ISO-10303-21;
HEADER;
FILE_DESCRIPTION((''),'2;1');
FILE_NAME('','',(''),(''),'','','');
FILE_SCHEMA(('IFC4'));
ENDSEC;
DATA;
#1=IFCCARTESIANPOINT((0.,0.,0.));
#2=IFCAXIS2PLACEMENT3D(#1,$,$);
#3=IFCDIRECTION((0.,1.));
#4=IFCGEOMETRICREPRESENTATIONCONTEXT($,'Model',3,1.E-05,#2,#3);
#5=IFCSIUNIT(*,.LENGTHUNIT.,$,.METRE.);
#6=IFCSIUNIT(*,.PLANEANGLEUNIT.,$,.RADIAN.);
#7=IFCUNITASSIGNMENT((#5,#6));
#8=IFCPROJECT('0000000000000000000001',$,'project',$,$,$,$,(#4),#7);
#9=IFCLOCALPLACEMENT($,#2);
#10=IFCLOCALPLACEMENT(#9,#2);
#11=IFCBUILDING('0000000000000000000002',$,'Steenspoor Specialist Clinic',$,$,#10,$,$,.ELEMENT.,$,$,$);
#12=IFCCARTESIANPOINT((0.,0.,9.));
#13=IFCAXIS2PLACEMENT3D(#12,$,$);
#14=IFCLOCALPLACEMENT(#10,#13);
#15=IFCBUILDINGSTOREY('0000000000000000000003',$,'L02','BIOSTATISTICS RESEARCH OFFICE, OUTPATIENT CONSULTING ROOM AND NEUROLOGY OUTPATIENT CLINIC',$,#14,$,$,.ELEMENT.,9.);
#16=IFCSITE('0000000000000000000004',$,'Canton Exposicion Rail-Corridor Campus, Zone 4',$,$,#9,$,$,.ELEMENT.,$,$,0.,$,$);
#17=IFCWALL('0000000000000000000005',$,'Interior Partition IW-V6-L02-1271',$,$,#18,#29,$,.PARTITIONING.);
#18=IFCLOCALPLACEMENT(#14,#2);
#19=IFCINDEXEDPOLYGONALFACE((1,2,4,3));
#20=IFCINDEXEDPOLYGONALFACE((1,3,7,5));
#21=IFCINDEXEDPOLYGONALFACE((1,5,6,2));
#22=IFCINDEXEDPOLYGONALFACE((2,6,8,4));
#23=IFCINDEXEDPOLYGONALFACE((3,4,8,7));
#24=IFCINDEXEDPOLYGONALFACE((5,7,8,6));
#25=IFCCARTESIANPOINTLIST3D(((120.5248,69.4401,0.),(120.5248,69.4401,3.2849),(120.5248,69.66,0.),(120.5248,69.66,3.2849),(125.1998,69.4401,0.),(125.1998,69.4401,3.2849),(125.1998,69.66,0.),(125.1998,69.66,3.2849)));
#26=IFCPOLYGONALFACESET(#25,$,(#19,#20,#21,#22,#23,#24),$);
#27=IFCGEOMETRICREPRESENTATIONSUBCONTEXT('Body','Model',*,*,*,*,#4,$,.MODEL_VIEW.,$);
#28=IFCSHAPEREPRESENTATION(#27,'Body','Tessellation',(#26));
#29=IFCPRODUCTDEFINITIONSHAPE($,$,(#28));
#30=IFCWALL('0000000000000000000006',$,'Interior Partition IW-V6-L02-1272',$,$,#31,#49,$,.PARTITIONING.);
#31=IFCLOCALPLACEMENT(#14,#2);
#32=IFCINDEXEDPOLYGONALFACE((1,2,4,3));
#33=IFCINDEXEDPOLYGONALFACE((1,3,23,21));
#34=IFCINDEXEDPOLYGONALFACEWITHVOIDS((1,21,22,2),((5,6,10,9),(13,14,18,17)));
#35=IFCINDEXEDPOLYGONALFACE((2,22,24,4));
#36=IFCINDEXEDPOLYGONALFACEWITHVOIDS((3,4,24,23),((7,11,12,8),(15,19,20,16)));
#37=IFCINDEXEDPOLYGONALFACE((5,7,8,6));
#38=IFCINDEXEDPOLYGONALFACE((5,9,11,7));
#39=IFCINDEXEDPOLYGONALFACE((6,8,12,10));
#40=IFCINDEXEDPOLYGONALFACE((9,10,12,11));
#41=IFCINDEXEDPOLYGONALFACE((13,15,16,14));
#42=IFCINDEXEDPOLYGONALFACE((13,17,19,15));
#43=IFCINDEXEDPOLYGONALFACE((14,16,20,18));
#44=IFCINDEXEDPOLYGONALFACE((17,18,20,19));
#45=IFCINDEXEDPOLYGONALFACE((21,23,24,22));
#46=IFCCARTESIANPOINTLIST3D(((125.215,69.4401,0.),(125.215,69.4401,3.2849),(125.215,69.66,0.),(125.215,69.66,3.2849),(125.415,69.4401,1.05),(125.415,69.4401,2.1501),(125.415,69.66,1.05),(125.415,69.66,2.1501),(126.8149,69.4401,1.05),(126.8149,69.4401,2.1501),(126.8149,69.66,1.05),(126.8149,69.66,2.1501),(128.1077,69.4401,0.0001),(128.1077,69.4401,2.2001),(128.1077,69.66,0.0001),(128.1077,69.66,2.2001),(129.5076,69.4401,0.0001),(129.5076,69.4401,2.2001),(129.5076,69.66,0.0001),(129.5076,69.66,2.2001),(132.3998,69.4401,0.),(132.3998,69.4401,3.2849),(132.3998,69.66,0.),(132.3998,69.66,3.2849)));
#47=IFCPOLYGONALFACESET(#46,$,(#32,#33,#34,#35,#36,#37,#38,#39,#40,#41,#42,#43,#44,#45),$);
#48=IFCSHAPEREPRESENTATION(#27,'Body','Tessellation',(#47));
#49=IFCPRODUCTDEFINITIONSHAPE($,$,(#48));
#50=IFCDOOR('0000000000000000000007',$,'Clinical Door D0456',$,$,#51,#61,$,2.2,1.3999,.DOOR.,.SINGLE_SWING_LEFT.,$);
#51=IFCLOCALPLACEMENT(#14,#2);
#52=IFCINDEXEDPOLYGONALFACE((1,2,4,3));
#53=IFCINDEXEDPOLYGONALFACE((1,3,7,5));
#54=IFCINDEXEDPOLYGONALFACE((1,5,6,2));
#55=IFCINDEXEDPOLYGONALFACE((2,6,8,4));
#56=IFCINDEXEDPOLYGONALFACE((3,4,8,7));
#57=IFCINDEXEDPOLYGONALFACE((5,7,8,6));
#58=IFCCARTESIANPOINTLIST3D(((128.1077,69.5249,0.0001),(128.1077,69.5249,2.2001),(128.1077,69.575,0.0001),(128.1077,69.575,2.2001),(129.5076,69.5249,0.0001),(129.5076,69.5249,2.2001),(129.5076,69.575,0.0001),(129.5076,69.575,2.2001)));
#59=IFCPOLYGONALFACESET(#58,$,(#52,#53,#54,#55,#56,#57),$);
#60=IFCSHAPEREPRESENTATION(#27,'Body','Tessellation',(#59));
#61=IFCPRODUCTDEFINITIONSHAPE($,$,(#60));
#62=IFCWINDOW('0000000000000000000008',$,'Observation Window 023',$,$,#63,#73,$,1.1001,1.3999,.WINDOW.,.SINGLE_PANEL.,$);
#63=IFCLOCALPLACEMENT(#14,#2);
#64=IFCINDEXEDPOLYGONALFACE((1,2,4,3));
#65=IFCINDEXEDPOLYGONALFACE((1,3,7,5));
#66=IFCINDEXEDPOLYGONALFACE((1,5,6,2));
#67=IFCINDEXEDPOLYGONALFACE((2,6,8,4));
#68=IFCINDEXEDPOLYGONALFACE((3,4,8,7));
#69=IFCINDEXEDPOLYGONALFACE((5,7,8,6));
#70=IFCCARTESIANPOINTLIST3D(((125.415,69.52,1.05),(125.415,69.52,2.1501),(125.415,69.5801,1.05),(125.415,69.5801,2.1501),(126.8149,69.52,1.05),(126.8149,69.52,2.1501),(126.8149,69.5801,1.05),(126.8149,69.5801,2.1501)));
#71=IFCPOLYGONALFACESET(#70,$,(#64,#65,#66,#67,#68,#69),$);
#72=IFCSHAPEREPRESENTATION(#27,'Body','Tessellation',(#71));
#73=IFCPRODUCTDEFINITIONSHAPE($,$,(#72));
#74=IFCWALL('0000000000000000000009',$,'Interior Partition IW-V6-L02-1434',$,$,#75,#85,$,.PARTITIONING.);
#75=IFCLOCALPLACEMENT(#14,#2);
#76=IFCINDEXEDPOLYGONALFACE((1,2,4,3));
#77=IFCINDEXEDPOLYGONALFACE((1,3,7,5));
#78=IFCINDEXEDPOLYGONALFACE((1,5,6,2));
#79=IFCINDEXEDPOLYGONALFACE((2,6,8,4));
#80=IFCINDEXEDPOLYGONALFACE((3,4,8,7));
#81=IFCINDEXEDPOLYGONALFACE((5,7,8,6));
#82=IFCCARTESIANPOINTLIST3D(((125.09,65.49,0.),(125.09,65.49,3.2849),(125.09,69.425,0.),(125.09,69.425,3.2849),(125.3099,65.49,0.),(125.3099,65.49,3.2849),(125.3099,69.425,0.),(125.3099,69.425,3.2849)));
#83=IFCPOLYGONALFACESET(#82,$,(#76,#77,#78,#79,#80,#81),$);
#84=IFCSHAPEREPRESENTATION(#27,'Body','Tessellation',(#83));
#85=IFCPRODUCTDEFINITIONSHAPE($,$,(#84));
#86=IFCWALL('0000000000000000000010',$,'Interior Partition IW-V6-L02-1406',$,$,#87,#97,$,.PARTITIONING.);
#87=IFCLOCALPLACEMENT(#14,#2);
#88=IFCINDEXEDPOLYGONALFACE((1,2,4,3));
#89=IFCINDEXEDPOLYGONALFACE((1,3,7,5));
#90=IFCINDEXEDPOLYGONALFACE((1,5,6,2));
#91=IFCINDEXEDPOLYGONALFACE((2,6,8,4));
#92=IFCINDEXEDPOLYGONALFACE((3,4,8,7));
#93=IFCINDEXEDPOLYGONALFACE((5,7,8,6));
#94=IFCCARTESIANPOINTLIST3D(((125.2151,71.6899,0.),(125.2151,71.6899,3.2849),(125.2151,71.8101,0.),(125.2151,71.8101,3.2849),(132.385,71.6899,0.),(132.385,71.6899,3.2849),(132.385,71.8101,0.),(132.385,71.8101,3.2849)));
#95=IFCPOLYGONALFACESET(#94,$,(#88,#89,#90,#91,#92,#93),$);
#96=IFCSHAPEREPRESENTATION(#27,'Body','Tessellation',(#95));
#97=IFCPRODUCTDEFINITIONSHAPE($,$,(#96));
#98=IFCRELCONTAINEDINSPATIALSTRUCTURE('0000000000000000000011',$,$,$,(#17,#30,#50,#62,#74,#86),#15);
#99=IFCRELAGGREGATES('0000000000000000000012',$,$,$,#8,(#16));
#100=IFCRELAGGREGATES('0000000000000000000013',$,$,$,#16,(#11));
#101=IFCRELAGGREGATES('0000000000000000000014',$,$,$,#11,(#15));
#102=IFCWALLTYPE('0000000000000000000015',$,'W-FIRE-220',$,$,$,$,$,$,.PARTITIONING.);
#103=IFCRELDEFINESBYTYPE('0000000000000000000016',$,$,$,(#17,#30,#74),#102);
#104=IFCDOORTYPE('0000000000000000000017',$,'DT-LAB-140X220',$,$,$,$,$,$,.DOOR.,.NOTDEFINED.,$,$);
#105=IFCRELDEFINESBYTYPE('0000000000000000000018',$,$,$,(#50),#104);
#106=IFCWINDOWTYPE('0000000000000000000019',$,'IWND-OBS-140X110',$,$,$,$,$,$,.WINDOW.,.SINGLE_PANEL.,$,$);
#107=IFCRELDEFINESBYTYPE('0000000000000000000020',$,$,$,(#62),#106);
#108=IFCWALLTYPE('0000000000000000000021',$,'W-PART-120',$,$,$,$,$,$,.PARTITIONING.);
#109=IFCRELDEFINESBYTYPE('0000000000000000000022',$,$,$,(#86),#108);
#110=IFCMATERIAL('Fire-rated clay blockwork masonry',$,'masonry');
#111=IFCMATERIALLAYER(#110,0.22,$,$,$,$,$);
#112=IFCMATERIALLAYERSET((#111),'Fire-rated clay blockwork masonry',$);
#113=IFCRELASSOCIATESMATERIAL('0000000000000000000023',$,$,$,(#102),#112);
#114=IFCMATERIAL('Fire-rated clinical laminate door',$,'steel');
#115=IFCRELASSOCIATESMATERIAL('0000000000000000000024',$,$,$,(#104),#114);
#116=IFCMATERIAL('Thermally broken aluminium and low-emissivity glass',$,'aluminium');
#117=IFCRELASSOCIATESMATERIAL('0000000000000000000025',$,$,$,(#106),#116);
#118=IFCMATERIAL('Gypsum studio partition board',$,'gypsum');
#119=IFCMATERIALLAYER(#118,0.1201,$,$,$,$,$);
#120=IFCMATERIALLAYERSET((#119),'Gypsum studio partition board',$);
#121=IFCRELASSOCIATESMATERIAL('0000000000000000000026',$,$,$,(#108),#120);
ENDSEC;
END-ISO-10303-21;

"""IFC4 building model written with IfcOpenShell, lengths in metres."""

from ifc_helpers import new_model, si_unit, direction, frame, frame_2d, origin, place, context, subcontext, project, spatial, rectangle, extrude, material, layer, layer_set, type_object, element, fill, save


model = new_model("IFC4")

# Units and contexts
model_context = context("Model", 3, precision=1e-05, world=origin(), true_north=direction((0.0, 1.0)))
body_context = subcontext(model_context, "Body", "Model", "MODEL_VIEW")
ifc_project = project(units=[si_unit("LENGTHUNIT", "METRE"), si_unit("PLANEANGLEUNIT", "RADIAN")], contexts=[model_context])

# Site, building, storey
site_placement = place(None, origin())
site = spatial("IfcSite", under=ifc_project, at=site_placement, Name="Canton Exposicion Rail-Corridor Campus, Zone 4", CompositionType="ELEMENT", RefElevation=0.0)
building_placement = place(site_placement, origin())
building = spatial("IfcBuilding", under=site, at=building_placement, Name="Steenspoor Specialist Clinic", CompositionType="ELEMENT")
storey_placement = place(building_placement, frame((0.0, 0.0, 9.0)))
storey = spatial("IfcBuildingStorey", under=building, at=storey_placement, Name="L02", Description="BIOSTATISTICS RESEARCH OFFICE, OUTPATIENT CONSULTING ROOM AND NEUROLOGY OUTPATIENT CLINIC", CompositionType="ELEMENT", Elevation=9.0)

# Shared definitions
ifc_material_1 = material(Name="Thermally broken aluminium and low-emissivity glass", Category="aluminium")

# Wall
ifc_material_2 = material(Name="Fire-rated clay blockwork masonry", Category="masonry")
ifc_layer_1 = layer(ifc_material_2, 0.22)
ifc_layer_set_1 = layer_set([ifc_layer_1], Name="Fire-rated clay blockwork masonry")
wall_type_1 = type_object("IfcWallType", Name="W-FIRE-220", PredefinedType="PARTITIONING", material=ifc_layer_set_1)
wall_1_placement = place(storey_placement, frame((120.5249, 69.55, 0.0), z_axis=(0.0, 0.0, 1.0), x_axis=(1.0, 0.0, 0.0)))
element("IfcWall", 1, at=wall_1_placement, inside=storey, type_object=wall_type_1, Name="Interior Partition IW-V6-L02-1271", PredefinedType="PARTITIONING", context=body_context, shape_type="SweptSolid", body=[
    extrude(rectangle(XDim=4.675, YDim=0.22, at=frame_2d((2.3374, 0.0))), origin(), (0.0, 0.0, 1.0), 3.2849),
])

# Wall, openings, door, window
wall_2_placement = place(storey_placement, frame((125.2151, 69.55, 0.0), z_axis=(0.0, 0.0, 1.0), x_axis=(1.0, 0.0, 0.0)))
wall_2 = element("IfcWall", 2, at=wall_2_placement, inside=storey, type_object=wall_type_1, Name="Interior Partition IW-V6-L02-1272", PredefinedType="PARTITIONING", context=body_context, shape_type="SweptSolid", body=[
    extrude(rectangle(XDim=7.1848, YDim=0.22, at=frame_2d((3.5923, 0.0))), origin(), (0.0, 0.0, 1.0), 3.2849),
])
opening_1_placement = place(wall_2_placement, frame((2.8926, 0.0, 0.0)))
opening_1 = element("IfcOpeningElement", 3, at=opening_1_placement, cuts=wall_2, PredefinedType="OPENING", context=body_context, shape_type="SweptSolid", body=[
    extrude(rectangle(XDim=1.3999, YDim=2.2, at=frame_2d((0.7, 1.1001))), frame((0.0, 0.1201, 0.0), z_axis=(0.0, -1.0, 0.0), x_axis=(1.0, 0.0, 0.0)), (0.0, 0.0, 1.0), 0.24),
])
opening_2_placement = place(wall_2_placement, frame((0.2, 0.0, 1.05)))
opening_2 = element("IfcOpeningElement", 4, at=opening_2_placement, cuts=wall_2, PredefinedType="OPENING", context=body_context, shape_type="SweptSolid", body=[
    extrude(rectangle(XDim=1.3999, YDim=1.1001, at=frame_2d((0.7, 0.55))), frame((0.0, 0.1201, 0.0), z_axis=(0.0, -1.0, 0.0), x_axis=(1.0, 0.0, 0.0)), (0.0, 0.0, 1.0), 0.24),
])
ifc_material_3 = material(Name="Fire-rated clinical laminate door", Category="steel")
door_type_1 = type_object("IfcDoorType", Name="DT-LAB-140X220", OperationType="NOTDEFINED", PredefinedType="DOOR", material=ifc_material_3)
door_1_placement = place(opening_1_placement, origin())
door_1 = element("IfcDoor", 5, at=door_1_placement, inside=storey, type_object=door_type_1, Name="Clinical Door D0456", OperationType="SINGLE_SWING_LEFT", OverallHeight=2.2, OverallWidth=1.3999, PredefinedType="DOOR", context=body_context, shape_type="SweptSolid", body=[
    extrude(rectangle(XDim=1.3999, YDim=2.2, at=frame_2d((0.7, 1.1001))), frame((0.0, 0.0249, 0.0), z_axis=(0.0, -1.0, 0.0), x_axis=(1.0, 0.0, 0.0)), (0.0, 0.0, 1.0), 0.05),
])
fill(opening_1, door_1)
window_type_1 = type_object("IfcWindowType", Name="IWND-OBS-140X110", PartitioningType="SINGLE_PANEL", PredefinedType="WINDOW", material=ifc_material_1)
window_1_placement = place(opening_2_placement, origin())
window_1 = element("IfcWindow", 6, at=window_1_placement, inside=storey, type_object=window_type_1, Name="Observation Window 023", OverallHeight=1.1001, OverallWidth=1.3999, PartitioningType="SINGLE_PANEL", PredefinedType="WINDOW", context=body_context, shape_type="SweptSolid", body=[
    extrude(rectangle(XDim=1.3999, YDim=1.1001, at=frame_2d((0.7, 0.55))), frame((0.0, 0.03, 0.0), z_axis=(0.0, -1.0, 0.0), x_axis=(1.0, 0.0, 0.0)), (0.0, 0.0, 1.0), 0.0601),
])
fill(opening_2, window_1)

# Walls
wall_3_placement = place(storey_placement, frame((125.2, 65.49, 0.0), z_axis=(0.0, 0.0, 1.0), x_axis=(0.0, 1.0, 0.0)))
element("IfcWall", 7, at=wall_3_placement, inside=storey, type_object=wall_type_1, Name="Interior Partition IW-V6-L02-1434", PredefinedType="PARTITIONING", context=body_context, shape_type="SweptSolid", body=[
    extrude(rectangle(XDim=3.9351, YDim=0.22, at=frame_2d((1.9675, 0.0))), origin(), (0.0, 0.0, 1.0), 3.2849),
])
ifc_material_4 = material(Name="Gypsum studio partition board", Category="gypsum")
ifc_layer_2 = layer(ifc_material_4, 0.1201)
ifc_layer_set_2 = layer_set([ifc_layer_2], Name="Gypsum studio partition board")
wall_type_2 = type_object("IfcWallType", Name="W-PART-120", PredefinedType="PARTITIONING", material=ifc_layer_set_2)
wall_4_placement = place(storey_placement, frame((125.2151, 71.75, 0.0), z_axis=(0.0, 0.0, 1.0), x_axis=(1.0, 0.0, 0.0)))
element("IfcWall", 8, at=wall_4_placement, inside=storey, type_object=wall_type_2, Name="Interior Partition IW-V6-L02-1406", PredefinedType="PARTITIONING", context=body_context, shape_type="SweptSolid", body=[
    extrude(rectangle(XDim=7.1699, YDim=0.1201, at=frame_2d((3.585, 0.0))), origin(), (0.0, 0.0, 1.0), 3.2849),
])

save(model, "model.ifc")
